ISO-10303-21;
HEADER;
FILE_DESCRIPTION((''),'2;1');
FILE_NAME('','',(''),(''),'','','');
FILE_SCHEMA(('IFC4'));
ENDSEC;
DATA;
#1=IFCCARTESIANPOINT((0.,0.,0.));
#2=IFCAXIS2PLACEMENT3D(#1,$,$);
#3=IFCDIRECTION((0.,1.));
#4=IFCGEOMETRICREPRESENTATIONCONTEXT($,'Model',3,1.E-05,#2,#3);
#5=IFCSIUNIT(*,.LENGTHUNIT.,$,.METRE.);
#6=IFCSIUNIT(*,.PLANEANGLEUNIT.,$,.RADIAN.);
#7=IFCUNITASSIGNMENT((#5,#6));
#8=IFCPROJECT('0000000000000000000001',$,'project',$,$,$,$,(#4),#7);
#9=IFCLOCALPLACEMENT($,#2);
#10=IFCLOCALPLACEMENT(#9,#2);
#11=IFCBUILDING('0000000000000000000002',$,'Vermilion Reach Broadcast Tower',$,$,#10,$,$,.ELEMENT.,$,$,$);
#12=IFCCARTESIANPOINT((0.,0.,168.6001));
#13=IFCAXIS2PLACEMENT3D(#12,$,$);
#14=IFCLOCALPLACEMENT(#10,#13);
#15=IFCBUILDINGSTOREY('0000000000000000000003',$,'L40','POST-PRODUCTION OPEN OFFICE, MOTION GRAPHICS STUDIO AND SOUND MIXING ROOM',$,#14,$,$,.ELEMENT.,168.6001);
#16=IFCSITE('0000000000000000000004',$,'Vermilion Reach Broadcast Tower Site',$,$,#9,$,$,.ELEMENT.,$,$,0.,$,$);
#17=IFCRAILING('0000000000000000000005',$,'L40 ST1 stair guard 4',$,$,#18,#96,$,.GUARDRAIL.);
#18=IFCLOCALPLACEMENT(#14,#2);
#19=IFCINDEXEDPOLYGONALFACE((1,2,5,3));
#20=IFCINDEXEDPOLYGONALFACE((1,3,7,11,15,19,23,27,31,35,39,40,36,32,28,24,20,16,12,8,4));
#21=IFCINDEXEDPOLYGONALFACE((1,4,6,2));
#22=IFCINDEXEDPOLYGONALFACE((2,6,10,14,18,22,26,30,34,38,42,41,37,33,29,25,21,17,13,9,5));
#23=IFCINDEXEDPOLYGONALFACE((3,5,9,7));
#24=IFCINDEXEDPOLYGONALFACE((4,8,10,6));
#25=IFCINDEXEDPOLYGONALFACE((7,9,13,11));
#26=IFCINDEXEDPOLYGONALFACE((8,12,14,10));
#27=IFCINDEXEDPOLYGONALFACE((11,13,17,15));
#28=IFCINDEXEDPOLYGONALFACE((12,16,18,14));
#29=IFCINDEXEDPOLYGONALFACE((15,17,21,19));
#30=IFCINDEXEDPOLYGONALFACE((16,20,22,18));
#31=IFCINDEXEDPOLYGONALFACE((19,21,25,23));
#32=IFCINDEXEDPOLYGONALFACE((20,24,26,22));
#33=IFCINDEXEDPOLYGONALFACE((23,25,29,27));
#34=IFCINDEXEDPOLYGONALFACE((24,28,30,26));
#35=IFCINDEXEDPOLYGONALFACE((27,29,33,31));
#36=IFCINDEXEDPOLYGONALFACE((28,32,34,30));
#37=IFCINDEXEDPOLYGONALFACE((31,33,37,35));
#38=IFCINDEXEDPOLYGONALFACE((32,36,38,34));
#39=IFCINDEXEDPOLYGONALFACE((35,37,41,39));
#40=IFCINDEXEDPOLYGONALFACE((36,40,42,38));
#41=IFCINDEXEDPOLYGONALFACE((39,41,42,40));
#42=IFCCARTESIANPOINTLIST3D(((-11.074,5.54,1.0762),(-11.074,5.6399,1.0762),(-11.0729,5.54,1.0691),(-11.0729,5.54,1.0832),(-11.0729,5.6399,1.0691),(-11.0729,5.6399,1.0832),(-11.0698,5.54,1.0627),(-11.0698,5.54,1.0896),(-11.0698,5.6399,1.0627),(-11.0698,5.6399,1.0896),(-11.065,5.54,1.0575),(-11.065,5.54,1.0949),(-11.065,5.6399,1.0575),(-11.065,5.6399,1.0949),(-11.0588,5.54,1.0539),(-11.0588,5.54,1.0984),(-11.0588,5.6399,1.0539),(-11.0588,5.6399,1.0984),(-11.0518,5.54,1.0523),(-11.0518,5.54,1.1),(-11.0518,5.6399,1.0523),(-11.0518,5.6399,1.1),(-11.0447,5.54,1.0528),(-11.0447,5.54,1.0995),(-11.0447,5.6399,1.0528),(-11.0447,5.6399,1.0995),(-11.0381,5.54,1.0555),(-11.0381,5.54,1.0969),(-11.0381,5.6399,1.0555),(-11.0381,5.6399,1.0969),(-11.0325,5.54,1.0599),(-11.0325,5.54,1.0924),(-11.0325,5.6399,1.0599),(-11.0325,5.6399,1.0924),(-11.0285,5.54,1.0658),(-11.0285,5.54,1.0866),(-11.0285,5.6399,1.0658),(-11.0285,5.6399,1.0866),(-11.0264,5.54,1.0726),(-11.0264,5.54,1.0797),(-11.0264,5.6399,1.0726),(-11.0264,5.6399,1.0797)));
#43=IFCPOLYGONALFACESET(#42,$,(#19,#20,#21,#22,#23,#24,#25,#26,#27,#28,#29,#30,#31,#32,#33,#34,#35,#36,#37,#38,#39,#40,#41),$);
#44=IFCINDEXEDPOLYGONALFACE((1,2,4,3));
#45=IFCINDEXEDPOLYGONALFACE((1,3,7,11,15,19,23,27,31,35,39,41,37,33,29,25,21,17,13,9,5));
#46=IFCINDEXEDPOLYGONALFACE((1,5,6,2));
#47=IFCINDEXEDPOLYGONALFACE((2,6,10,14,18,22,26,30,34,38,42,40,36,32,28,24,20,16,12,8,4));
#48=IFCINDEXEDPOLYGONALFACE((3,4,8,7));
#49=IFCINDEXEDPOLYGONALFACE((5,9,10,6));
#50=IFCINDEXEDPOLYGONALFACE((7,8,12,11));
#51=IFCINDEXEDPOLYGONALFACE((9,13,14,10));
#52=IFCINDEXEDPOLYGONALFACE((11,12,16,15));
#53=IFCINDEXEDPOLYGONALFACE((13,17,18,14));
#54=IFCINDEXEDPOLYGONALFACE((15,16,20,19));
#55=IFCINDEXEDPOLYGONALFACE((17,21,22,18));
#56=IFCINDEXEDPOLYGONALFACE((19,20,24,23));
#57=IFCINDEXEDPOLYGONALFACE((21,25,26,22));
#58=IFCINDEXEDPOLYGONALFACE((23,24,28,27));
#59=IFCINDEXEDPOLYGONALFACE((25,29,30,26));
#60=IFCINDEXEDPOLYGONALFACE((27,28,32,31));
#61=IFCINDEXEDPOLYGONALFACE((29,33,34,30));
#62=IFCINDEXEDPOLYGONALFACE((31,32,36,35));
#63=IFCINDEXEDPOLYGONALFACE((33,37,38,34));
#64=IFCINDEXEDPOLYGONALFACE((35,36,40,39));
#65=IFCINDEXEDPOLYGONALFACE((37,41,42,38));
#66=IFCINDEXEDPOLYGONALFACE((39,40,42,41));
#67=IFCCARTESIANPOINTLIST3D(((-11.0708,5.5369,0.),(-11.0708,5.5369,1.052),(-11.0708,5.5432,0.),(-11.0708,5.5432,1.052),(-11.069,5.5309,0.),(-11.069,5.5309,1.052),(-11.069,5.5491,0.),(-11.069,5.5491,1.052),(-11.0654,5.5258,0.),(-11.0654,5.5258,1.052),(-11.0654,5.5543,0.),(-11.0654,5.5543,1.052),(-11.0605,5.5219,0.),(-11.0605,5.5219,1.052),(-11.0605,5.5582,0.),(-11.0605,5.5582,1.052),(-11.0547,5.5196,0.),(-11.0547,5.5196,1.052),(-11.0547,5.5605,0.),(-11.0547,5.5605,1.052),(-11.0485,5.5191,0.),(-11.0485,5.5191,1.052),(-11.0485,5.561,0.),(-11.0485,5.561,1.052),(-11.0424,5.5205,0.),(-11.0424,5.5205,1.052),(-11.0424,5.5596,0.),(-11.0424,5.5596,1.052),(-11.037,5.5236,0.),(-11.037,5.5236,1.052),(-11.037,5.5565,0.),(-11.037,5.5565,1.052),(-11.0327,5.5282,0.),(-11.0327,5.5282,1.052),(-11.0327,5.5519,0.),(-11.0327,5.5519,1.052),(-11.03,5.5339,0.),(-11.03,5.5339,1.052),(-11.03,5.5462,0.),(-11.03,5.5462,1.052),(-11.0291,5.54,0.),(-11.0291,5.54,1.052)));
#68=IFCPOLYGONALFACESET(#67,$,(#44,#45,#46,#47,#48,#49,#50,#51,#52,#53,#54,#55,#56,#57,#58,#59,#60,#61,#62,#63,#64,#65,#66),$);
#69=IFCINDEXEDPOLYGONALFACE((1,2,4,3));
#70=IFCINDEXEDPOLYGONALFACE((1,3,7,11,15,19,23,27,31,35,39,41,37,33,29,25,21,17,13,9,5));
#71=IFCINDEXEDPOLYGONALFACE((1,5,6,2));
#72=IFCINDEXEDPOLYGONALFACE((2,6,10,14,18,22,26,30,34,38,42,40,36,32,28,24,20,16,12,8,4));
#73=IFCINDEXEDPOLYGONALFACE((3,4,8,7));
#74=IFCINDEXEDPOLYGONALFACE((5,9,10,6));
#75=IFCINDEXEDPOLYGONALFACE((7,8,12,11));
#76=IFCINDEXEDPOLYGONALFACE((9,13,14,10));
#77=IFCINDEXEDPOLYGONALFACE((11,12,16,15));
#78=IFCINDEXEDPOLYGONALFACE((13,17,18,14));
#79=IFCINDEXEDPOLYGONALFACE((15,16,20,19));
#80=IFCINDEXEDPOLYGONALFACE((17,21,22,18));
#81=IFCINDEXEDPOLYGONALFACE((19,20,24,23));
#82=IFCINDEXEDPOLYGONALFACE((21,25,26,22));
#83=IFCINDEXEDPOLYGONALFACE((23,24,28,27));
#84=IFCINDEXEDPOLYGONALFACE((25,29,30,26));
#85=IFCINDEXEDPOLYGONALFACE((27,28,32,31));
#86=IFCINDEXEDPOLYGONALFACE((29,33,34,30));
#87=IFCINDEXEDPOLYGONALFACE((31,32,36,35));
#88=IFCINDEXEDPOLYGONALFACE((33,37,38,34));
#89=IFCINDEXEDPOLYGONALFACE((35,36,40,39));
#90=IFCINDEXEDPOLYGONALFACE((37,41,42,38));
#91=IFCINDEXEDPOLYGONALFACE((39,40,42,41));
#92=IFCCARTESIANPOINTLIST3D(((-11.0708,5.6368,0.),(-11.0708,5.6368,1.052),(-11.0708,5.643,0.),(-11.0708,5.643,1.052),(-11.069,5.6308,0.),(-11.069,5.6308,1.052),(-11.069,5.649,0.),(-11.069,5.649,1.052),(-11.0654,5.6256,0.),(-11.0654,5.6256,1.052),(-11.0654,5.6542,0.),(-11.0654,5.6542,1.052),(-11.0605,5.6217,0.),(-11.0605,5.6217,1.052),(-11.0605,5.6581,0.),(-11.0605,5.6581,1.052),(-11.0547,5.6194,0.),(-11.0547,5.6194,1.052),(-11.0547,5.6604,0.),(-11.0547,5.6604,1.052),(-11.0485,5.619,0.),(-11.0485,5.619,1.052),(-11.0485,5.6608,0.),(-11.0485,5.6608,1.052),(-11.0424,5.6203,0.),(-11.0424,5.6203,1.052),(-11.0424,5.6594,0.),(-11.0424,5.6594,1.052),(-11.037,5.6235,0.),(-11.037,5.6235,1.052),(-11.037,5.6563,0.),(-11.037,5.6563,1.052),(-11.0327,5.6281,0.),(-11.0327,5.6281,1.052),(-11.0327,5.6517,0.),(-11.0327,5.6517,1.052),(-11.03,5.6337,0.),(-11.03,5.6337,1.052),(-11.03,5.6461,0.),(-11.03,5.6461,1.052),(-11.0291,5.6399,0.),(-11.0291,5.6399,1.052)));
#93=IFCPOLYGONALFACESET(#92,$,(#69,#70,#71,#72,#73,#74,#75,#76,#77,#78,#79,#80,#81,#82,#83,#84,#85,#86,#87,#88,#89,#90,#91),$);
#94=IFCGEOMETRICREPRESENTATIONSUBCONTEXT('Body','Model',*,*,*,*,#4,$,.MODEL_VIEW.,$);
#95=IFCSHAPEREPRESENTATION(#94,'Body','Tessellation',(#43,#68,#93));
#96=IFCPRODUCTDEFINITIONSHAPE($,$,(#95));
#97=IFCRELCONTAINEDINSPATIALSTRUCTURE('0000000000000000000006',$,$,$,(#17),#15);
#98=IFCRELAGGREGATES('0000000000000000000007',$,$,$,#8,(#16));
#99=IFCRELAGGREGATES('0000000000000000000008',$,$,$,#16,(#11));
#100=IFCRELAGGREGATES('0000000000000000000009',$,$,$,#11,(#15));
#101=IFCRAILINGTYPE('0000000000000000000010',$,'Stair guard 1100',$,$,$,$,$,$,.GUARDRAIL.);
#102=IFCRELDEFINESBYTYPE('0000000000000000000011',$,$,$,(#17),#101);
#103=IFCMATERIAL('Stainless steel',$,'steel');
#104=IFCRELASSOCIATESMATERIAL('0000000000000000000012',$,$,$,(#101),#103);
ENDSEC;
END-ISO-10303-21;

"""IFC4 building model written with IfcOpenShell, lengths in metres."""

from ifc_helpers import new_model, si_unit, direction, frame, origin, origin_2d, place, context, subcontext, project, spatial, circle, extrude, material, type_object, element, save


model = new_model("IFC4")

# Units and contexts
model_context = context("Model", 3, precision=1e-05, world=origin(), true_north=direction((0.0, 1.0)))
body_context = subcontext(model_context, "Body", "Model", "MODEL_VIEW")
ifc_project = project(units=[si_unit("LENGTHUNIT", "METRE"), si_unit("PLANEANGLEUNIT", "RADIAN")], contexts=[model_context])

# Site, building, storey
site_placement = place(None, origin())
site = spatial("IfcSite", under=ifc_project, at=site_placement, Name="Vermilion Reach Broadcast Tower Site", CompositionType="ELEMENT", RefElevation=0.0)
building_placement = place(site_placement, origin())
building = spatial("IfcBuilding", under=site, at=building_placement, Name="Vermilion Reach Broadcast Tower", CompositionType="ELEMENT")
storey_placement = place(building_placement, frame((0.0, 0.0, 168.6001)))
storey = spatial("IfcBuildingStorey", under=building, at=storey_placement, Name="L40", Description="POST-PRODUCTION OPEN OFFICE, MOTION GRAPHICS STUDIO AND SOUND MIXING ROOM", CompositionType="ELEMENT", Elevation=168.6001)

# Railing
ifc_material_1 = material(Name="Stainless steel", Category="steel")
railing_type_1 = type_object("IfcRailingType", Name="Stair guard 1100", PredefinedType="GUARDRAIL", material=ifc_material_1)
railing_1_placement = place(storey_placement, frame((-11.05, 5.54, 0.0)))
element("IfcRailing", 1, at=railing_1_placement, inside=storey, type_object=railing_type_1, Name="L40 ST1 stair guard 4", PredefinedType="GUARDRAIL", context=body_context, shape_type="SweptSolid", body=[
    extrude(circle(Radius=0.0239, at=origin_2d()), frame((0.0, 0.0, 1.0762), z_axis=(0.0, 1.0, 0.0), x_axis=(-1.0, 0.0, 0.0)), (0.0, 0.0, 1.0), 0.0999),
    extrude(circle(Radius=0.021, at=origin_2d()), origin(), (0.0, 0.0, 1.0), 1.052),
    extrude(circle(Radius=0.021, at=origin_2d()), frame((0.0, 0.0999, 0.0)), (0.0, 0.0, 1.0), 1.052),
])

save(model, "model.ifc")
